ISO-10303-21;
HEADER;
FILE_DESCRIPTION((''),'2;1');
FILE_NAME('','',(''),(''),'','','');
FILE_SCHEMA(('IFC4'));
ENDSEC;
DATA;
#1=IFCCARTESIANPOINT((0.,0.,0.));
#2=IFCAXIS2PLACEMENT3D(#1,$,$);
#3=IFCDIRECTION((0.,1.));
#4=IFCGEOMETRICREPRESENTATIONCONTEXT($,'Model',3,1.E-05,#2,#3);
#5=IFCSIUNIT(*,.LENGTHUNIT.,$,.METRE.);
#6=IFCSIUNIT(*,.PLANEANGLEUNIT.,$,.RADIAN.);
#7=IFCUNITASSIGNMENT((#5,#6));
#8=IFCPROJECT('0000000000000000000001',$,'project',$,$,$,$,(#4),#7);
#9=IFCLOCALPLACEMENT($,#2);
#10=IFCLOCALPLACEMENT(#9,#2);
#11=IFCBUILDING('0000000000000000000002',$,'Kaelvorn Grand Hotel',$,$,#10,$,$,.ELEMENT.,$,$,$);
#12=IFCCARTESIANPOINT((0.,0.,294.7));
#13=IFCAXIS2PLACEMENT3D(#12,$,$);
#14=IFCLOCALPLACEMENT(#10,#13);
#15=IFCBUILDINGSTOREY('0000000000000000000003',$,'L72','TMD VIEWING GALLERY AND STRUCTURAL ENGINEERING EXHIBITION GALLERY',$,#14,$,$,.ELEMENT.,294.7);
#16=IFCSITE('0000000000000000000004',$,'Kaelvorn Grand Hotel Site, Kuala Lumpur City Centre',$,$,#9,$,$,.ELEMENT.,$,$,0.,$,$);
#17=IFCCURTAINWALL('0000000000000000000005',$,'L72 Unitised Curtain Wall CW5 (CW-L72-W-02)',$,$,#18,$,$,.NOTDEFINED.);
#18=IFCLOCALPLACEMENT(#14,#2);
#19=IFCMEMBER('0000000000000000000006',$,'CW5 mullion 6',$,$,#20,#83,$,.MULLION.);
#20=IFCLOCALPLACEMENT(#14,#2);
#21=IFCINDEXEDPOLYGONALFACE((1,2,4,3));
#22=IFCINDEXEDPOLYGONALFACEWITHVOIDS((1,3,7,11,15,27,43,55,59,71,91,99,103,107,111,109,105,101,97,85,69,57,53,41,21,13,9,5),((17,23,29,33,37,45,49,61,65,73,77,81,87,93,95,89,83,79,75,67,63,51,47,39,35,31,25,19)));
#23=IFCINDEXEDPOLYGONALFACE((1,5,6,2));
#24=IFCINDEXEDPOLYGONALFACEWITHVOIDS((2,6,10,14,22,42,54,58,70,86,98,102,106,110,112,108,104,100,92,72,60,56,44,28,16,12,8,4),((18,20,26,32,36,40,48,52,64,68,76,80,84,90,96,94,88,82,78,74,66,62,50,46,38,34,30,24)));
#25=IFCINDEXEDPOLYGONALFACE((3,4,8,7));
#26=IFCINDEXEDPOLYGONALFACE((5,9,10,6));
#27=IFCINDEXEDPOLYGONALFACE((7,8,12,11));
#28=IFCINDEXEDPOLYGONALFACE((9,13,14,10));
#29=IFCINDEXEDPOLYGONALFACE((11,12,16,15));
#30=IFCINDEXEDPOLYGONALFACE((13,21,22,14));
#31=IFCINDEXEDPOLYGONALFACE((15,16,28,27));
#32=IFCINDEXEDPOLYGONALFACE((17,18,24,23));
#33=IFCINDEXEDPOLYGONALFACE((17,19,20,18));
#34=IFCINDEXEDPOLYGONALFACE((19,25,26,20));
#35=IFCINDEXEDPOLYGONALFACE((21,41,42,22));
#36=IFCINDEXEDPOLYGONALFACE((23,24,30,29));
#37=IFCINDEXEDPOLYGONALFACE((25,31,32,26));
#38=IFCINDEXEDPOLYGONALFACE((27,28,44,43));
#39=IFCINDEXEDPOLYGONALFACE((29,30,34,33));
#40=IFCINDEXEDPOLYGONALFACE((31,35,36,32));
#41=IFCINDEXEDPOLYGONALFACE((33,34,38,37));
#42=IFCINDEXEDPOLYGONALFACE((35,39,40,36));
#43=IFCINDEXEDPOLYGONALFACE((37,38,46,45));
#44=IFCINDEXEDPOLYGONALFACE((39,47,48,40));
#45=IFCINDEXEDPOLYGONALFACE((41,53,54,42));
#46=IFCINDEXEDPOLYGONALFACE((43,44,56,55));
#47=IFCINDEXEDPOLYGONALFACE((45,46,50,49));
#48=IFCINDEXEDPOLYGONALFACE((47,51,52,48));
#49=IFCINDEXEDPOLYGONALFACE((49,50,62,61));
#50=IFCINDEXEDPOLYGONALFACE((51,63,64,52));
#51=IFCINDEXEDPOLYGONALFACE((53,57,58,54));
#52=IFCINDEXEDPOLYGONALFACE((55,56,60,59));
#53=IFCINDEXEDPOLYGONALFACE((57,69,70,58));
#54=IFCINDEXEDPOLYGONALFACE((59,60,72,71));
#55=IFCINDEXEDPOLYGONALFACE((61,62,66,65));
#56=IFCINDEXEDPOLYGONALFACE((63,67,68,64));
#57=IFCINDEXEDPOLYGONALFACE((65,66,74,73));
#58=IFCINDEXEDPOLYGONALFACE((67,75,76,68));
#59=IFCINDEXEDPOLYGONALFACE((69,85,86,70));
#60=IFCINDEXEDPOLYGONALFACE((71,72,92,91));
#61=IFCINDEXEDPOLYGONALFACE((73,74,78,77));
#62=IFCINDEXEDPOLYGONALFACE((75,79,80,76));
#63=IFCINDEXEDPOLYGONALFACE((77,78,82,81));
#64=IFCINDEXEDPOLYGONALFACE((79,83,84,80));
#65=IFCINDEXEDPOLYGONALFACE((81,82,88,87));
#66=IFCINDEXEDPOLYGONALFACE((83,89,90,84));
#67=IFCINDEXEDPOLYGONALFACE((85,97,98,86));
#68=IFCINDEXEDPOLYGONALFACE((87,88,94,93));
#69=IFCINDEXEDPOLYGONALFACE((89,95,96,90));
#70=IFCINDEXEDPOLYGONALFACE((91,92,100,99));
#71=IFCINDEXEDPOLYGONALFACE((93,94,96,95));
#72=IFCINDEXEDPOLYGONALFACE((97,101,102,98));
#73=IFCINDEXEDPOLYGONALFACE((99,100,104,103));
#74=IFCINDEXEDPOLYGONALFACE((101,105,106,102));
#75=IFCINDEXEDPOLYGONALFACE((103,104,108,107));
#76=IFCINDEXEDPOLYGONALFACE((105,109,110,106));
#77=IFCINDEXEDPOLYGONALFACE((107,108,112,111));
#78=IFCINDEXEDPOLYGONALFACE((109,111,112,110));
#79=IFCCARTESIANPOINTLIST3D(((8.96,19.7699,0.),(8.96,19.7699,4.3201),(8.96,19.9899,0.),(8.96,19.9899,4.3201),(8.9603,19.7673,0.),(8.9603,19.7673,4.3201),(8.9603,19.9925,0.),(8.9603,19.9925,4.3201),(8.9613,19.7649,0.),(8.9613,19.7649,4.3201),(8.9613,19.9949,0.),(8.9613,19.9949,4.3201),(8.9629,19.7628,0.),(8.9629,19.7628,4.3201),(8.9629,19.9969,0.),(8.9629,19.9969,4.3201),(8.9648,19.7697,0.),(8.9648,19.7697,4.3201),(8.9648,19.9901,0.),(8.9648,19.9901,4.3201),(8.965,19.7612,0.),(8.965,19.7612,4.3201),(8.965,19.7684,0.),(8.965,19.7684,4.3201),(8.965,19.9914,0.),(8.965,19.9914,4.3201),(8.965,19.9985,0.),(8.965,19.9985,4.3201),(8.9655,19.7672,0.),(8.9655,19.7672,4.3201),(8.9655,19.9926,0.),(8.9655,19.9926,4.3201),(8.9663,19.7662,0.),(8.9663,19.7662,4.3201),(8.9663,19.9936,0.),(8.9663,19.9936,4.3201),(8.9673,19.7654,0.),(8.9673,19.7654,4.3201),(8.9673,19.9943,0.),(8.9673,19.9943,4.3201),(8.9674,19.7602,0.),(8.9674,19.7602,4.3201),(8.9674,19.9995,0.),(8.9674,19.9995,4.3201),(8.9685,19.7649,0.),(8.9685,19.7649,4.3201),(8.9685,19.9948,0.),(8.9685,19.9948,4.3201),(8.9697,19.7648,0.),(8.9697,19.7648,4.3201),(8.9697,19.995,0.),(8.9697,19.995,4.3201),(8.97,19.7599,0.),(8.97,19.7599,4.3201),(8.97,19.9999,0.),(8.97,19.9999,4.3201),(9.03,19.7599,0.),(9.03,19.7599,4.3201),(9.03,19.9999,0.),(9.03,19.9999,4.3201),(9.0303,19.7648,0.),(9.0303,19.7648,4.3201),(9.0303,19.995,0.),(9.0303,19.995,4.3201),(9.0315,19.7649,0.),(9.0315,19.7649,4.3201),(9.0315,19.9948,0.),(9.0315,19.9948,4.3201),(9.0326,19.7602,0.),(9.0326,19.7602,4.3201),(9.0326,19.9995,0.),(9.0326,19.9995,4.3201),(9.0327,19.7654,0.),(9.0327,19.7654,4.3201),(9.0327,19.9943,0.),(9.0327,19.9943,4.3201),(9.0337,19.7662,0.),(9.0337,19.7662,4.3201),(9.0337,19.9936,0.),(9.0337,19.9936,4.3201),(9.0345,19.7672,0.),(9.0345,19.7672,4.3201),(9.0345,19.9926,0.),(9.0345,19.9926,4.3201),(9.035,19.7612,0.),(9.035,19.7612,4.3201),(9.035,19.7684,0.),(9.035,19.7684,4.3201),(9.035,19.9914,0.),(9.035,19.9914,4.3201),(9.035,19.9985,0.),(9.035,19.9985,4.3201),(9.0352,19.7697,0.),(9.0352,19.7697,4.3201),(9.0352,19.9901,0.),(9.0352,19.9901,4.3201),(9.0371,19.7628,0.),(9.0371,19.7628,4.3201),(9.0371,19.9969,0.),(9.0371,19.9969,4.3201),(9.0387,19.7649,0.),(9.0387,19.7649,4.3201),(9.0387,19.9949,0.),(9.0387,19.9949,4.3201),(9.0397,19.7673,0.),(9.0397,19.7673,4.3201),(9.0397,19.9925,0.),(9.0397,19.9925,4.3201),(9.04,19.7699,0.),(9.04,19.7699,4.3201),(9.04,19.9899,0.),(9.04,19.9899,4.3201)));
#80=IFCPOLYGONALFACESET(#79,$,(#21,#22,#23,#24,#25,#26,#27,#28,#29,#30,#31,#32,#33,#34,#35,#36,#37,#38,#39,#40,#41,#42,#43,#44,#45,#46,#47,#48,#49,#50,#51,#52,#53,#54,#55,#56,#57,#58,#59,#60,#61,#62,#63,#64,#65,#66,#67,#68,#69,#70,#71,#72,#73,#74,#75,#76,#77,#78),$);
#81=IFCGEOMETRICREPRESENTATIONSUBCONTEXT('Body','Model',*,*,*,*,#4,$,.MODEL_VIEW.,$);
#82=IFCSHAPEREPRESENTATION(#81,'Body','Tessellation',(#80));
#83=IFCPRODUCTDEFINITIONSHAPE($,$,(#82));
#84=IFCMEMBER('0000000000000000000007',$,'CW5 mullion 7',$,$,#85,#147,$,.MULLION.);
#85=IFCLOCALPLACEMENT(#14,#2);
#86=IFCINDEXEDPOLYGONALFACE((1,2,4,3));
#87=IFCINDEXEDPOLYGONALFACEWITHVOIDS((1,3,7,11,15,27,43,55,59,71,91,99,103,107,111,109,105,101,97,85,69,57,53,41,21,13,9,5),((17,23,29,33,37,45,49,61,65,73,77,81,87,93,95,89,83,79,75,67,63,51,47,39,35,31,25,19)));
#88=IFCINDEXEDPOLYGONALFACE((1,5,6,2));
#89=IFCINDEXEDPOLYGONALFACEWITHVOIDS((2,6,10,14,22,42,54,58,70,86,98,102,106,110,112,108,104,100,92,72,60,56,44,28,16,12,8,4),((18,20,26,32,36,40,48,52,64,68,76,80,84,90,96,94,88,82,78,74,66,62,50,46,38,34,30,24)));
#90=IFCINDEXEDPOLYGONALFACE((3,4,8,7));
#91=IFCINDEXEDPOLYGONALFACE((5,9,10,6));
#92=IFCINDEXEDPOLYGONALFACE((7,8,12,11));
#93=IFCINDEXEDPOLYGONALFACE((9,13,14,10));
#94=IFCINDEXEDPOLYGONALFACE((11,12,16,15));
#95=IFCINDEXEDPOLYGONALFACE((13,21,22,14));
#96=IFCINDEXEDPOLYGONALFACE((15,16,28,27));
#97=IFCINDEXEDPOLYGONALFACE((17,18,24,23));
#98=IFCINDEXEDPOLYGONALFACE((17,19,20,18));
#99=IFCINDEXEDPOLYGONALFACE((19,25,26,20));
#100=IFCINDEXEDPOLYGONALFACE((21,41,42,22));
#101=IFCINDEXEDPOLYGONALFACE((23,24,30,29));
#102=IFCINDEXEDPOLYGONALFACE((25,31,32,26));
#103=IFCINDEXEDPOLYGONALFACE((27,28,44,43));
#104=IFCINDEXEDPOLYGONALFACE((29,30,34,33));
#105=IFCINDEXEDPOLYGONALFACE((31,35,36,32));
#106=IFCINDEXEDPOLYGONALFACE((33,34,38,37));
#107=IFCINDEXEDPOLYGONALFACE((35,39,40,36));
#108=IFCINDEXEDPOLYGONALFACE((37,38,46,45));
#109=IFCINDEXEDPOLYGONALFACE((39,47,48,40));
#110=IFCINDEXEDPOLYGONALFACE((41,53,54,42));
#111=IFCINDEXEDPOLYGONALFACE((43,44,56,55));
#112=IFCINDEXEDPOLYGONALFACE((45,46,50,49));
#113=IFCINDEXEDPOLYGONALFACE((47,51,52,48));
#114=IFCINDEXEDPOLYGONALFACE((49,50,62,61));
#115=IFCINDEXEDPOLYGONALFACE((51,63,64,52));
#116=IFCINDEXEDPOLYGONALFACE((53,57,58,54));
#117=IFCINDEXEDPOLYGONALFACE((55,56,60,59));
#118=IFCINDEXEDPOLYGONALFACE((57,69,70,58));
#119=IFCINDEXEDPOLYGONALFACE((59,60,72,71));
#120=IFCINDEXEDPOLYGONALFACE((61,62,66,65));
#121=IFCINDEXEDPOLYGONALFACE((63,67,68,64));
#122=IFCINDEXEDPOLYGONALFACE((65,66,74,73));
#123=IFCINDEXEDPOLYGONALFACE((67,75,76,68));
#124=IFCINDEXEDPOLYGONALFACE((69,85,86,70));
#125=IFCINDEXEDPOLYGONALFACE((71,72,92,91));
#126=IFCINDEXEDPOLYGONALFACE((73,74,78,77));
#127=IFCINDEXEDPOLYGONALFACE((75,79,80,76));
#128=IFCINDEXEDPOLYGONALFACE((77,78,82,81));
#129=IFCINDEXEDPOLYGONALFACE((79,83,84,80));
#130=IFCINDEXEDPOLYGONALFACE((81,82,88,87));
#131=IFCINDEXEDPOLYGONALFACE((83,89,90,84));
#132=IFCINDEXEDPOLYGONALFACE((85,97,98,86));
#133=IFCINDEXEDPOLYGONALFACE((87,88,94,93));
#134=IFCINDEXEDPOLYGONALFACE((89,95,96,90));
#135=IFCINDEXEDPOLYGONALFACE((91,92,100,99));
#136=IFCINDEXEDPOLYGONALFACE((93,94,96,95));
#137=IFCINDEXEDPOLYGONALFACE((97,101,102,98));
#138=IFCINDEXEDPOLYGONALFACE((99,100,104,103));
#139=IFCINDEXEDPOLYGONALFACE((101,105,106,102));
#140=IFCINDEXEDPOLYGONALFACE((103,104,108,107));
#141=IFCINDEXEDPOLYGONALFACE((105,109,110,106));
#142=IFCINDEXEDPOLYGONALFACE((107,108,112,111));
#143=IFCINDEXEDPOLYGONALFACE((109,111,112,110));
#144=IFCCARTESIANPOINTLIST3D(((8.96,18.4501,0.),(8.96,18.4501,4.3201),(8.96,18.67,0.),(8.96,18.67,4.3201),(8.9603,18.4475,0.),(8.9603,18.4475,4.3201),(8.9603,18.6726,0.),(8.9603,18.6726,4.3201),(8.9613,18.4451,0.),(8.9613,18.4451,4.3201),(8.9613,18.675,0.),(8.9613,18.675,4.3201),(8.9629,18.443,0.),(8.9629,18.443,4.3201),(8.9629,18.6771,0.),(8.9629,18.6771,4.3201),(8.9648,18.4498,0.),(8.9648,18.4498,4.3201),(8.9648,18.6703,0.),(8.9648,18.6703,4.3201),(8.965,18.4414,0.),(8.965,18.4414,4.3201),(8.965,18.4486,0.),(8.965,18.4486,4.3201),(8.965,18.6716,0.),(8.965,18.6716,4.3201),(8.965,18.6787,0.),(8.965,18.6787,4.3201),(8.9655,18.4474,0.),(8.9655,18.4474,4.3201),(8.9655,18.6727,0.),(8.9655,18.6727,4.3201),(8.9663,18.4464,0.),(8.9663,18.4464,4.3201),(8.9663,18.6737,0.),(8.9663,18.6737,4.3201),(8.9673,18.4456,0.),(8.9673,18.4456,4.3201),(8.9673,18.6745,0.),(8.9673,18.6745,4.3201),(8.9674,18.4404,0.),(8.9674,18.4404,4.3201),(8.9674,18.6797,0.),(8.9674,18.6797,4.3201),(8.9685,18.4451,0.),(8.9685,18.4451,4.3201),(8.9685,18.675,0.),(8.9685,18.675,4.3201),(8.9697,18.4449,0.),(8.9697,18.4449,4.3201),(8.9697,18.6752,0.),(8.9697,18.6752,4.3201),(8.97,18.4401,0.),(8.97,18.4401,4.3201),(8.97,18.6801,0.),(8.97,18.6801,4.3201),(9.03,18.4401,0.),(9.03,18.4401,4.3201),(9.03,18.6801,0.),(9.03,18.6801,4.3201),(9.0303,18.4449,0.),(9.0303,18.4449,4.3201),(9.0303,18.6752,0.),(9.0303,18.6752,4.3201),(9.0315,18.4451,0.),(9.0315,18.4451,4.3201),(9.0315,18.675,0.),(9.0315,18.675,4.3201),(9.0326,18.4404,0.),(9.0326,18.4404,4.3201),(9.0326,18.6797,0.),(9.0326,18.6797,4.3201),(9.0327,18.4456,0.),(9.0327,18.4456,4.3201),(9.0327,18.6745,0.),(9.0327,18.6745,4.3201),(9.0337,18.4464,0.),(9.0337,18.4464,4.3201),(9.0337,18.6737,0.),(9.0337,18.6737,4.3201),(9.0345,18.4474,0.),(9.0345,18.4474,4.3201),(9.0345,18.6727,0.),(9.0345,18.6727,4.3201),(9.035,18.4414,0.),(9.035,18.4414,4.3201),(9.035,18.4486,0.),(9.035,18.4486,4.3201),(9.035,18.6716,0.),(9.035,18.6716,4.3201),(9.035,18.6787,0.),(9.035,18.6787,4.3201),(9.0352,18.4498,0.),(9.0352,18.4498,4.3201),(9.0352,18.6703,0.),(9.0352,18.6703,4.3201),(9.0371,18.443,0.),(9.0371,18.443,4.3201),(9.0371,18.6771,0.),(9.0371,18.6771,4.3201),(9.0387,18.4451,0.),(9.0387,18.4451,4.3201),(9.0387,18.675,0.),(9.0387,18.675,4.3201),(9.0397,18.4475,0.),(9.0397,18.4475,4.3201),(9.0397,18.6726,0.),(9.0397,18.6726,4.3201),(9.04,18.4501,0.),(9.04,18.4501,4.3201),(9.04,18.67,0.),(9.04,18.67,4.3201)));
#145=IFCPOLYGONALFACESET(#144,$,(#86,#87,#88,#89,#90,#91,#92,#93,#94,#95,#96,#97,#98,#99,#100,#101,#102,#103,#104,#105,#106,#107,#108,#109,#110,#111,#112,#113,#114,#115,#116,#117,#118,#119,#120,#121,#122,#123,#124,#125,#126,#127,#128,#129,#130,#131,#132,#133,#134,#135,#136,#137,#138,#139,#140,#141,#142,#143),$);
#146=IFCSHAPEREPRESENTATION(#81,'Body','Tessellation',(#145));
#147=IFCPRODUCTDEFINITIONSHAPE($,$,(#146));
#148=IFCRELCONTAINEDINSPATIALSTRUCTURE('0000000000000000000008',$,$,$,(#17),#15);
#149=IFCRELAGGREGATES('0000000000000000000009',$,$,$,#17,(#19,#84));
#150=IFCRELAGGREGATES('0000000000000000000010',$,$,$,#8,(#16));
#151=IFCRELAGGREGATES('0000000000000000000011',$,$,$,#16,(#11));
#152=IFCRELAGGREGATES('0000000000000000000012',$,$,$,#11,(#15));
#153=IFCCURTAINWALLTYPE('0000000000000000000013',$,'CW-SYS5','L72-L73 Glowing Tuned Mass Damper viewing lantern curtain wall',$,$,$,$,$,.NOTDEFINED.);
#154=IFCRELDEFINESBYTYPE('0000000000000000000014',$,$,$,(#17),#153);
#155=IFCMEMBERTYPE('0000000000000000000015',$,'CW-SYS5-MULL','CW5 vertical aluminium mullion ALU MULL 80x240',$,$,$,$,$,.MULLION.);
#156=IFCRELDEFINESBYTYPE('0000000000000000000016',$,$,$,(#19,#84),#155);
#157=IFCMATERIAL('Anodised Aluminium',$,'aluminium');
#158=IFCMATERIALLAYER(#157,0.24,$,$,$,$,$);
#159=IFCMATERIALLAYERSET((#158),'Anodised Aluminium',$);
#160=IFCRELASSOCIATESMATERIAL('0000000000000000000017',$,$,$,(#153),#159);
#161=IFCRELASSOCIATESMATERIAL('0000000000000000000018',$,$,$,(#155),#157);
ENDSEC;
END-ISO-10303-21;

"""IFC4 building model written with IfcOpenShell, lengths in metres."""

from ifc_helpers import new_model, si_unit, direction, frame, origin, origin_2d, place, context, subcontext, project, spatial, hollow_rectangle, extrude, material, layer, layer_set, material_profile, profile_set, type_object, element, aggregate, save


model = new_model("IFC4")

# Units and contexts
model_context = context("Model", 3, precision=1e-05, world=origin(), true_north=direction((0.0, 1.0)))
body_context = subcontext(model_context, "Body", "Model", "MODEL_VIEW")
ifc_project = project(units=[si_unit("LENGTHUNIT", "METRE"), si_unit("PLANEANGLEUNIT", "RADIAN")], contexts=[model_context])

# Site, building, storey
site_placement = place(None, origin())
site = spatial("IfcSite", under=ifc_project, at=site_placement, Name="Kaelvorn Grand Hotel Site, Kuala Lumpur City Centre", CompositionType="ELEMENT", RefElevation=0.0)
building_placement = place(site_placement, origin())
building = spatial("IfcBuilding", under=site, at=building_placement, Name="Kaelvorn Grand Hotel", CompositionType="ELEMENT")
storey_placement = place(building_placement, frame((0.0, 0.0, 294.7)))
storey = spatial("IfcBuildingStorey", under=building, at=storey_placement, Name="L72", Description="TMD VIEWING GALLERY AND STRUCTURAL ENGINEERING EXHIBITION GALLERY", CompositionType="ELEMENT", Elevation=294.7)

# Curtain wall, members
ifc_material_1 = material(Name="Anodised Aluminium", Category="aluminium")
ifc_layer_1 = layer(ifc_material_1, 0.24)
ifc_layer_set_1 = layer_set([ifc_layer_1], Name="Anodised Aluminium")
curtain_wall_type = type_object("IfcCurtainWallType", Name="CW-SYS5", Description="L72-L73 Glowing Tuned Mass Damper viewing lantern curtain wall", PredefinedType="NOTDEFINED", material=ifc_layer_set_1)
curtain_wall_placement = place(storey_placement, origin())
curtain_wall = element("IfcCurtainWall", 1, at=curtain_wall_placement, inside=storey, type_object=curtain_wall_type, Name="L72 Unitised Curtain Wall CW5 (CW-L72-W-02)", PredefinedType="NOTDEFINED")
ifc_material_profile_1 = material_profile(ifc_material_1, hollow_rectangle(XDim=0.0801, YDim=0.24, WallThickness=0.0049, InnerFilletRadius=0.0049, OuterFilletRadius=0.01, at=origin_2d()), Name="ALU MULL 80x240")
ifc_profile_set_1 = profile_set([ifc_material_profile_1], Name="Anodised Aluminium")
member_type_1 = type_object("IfcMemberType", Name="CW-SYS5-MULL", Description="CW5 vertical aluminium mullion ALU MULL 80x240", PredefinedType="MULLION", material=ifc_profile_set_1)
member_1_placement = place(storey_placement, frame((9.0, 19.8799, 0.0), z_axis=(0.0, 0.0, 1.0), x_axis=(1.0, 0.0, 0.0)))
member_1 = element("IfcMember", 2, at=member_1_placement, type_object=member_type_1, Name="CW5 mullion 6", PredefinedType="MULLION", context=body_context, shape_type="SweptSolid", body=[
    extrude(hollow_rectangle(XDim=0.0801, YDim=0.24, WallThickness=0.0049, InnerFilletRadius=0.0049, OuterFilletRadius=0.01, at=origin_2d()), origin(), (0.0, 0.0, 1.0), 4.3201),
])
member_2_placement = place(storey_placement, frame((9.0, 18.5601, 0.0), z_axis=(0.0, 0.0, 1.0), x_axis=(1.0, 0.0, 0.0)))
member_2 = element("IfcMember", 3, at=member_2_placement, type_object=member_type_1, Name="CW5 mullion 7", PredefinedType="MULLION", context=body_context, shape_type="SweptSolid", body=[
    extrude(hollow_rectangle(XDim=0.0801, YDim=0.24, WallThickness=0.0049, InnerFilletRadius=0.0049, OuterFilletRadius=0.01, at=origin_2d()), origin(), (0.0, 0.0, 1.0), 4.3201),
])
aggregate(curtain_wall, [member_1, member_2])

save(model, "model.ifc")
